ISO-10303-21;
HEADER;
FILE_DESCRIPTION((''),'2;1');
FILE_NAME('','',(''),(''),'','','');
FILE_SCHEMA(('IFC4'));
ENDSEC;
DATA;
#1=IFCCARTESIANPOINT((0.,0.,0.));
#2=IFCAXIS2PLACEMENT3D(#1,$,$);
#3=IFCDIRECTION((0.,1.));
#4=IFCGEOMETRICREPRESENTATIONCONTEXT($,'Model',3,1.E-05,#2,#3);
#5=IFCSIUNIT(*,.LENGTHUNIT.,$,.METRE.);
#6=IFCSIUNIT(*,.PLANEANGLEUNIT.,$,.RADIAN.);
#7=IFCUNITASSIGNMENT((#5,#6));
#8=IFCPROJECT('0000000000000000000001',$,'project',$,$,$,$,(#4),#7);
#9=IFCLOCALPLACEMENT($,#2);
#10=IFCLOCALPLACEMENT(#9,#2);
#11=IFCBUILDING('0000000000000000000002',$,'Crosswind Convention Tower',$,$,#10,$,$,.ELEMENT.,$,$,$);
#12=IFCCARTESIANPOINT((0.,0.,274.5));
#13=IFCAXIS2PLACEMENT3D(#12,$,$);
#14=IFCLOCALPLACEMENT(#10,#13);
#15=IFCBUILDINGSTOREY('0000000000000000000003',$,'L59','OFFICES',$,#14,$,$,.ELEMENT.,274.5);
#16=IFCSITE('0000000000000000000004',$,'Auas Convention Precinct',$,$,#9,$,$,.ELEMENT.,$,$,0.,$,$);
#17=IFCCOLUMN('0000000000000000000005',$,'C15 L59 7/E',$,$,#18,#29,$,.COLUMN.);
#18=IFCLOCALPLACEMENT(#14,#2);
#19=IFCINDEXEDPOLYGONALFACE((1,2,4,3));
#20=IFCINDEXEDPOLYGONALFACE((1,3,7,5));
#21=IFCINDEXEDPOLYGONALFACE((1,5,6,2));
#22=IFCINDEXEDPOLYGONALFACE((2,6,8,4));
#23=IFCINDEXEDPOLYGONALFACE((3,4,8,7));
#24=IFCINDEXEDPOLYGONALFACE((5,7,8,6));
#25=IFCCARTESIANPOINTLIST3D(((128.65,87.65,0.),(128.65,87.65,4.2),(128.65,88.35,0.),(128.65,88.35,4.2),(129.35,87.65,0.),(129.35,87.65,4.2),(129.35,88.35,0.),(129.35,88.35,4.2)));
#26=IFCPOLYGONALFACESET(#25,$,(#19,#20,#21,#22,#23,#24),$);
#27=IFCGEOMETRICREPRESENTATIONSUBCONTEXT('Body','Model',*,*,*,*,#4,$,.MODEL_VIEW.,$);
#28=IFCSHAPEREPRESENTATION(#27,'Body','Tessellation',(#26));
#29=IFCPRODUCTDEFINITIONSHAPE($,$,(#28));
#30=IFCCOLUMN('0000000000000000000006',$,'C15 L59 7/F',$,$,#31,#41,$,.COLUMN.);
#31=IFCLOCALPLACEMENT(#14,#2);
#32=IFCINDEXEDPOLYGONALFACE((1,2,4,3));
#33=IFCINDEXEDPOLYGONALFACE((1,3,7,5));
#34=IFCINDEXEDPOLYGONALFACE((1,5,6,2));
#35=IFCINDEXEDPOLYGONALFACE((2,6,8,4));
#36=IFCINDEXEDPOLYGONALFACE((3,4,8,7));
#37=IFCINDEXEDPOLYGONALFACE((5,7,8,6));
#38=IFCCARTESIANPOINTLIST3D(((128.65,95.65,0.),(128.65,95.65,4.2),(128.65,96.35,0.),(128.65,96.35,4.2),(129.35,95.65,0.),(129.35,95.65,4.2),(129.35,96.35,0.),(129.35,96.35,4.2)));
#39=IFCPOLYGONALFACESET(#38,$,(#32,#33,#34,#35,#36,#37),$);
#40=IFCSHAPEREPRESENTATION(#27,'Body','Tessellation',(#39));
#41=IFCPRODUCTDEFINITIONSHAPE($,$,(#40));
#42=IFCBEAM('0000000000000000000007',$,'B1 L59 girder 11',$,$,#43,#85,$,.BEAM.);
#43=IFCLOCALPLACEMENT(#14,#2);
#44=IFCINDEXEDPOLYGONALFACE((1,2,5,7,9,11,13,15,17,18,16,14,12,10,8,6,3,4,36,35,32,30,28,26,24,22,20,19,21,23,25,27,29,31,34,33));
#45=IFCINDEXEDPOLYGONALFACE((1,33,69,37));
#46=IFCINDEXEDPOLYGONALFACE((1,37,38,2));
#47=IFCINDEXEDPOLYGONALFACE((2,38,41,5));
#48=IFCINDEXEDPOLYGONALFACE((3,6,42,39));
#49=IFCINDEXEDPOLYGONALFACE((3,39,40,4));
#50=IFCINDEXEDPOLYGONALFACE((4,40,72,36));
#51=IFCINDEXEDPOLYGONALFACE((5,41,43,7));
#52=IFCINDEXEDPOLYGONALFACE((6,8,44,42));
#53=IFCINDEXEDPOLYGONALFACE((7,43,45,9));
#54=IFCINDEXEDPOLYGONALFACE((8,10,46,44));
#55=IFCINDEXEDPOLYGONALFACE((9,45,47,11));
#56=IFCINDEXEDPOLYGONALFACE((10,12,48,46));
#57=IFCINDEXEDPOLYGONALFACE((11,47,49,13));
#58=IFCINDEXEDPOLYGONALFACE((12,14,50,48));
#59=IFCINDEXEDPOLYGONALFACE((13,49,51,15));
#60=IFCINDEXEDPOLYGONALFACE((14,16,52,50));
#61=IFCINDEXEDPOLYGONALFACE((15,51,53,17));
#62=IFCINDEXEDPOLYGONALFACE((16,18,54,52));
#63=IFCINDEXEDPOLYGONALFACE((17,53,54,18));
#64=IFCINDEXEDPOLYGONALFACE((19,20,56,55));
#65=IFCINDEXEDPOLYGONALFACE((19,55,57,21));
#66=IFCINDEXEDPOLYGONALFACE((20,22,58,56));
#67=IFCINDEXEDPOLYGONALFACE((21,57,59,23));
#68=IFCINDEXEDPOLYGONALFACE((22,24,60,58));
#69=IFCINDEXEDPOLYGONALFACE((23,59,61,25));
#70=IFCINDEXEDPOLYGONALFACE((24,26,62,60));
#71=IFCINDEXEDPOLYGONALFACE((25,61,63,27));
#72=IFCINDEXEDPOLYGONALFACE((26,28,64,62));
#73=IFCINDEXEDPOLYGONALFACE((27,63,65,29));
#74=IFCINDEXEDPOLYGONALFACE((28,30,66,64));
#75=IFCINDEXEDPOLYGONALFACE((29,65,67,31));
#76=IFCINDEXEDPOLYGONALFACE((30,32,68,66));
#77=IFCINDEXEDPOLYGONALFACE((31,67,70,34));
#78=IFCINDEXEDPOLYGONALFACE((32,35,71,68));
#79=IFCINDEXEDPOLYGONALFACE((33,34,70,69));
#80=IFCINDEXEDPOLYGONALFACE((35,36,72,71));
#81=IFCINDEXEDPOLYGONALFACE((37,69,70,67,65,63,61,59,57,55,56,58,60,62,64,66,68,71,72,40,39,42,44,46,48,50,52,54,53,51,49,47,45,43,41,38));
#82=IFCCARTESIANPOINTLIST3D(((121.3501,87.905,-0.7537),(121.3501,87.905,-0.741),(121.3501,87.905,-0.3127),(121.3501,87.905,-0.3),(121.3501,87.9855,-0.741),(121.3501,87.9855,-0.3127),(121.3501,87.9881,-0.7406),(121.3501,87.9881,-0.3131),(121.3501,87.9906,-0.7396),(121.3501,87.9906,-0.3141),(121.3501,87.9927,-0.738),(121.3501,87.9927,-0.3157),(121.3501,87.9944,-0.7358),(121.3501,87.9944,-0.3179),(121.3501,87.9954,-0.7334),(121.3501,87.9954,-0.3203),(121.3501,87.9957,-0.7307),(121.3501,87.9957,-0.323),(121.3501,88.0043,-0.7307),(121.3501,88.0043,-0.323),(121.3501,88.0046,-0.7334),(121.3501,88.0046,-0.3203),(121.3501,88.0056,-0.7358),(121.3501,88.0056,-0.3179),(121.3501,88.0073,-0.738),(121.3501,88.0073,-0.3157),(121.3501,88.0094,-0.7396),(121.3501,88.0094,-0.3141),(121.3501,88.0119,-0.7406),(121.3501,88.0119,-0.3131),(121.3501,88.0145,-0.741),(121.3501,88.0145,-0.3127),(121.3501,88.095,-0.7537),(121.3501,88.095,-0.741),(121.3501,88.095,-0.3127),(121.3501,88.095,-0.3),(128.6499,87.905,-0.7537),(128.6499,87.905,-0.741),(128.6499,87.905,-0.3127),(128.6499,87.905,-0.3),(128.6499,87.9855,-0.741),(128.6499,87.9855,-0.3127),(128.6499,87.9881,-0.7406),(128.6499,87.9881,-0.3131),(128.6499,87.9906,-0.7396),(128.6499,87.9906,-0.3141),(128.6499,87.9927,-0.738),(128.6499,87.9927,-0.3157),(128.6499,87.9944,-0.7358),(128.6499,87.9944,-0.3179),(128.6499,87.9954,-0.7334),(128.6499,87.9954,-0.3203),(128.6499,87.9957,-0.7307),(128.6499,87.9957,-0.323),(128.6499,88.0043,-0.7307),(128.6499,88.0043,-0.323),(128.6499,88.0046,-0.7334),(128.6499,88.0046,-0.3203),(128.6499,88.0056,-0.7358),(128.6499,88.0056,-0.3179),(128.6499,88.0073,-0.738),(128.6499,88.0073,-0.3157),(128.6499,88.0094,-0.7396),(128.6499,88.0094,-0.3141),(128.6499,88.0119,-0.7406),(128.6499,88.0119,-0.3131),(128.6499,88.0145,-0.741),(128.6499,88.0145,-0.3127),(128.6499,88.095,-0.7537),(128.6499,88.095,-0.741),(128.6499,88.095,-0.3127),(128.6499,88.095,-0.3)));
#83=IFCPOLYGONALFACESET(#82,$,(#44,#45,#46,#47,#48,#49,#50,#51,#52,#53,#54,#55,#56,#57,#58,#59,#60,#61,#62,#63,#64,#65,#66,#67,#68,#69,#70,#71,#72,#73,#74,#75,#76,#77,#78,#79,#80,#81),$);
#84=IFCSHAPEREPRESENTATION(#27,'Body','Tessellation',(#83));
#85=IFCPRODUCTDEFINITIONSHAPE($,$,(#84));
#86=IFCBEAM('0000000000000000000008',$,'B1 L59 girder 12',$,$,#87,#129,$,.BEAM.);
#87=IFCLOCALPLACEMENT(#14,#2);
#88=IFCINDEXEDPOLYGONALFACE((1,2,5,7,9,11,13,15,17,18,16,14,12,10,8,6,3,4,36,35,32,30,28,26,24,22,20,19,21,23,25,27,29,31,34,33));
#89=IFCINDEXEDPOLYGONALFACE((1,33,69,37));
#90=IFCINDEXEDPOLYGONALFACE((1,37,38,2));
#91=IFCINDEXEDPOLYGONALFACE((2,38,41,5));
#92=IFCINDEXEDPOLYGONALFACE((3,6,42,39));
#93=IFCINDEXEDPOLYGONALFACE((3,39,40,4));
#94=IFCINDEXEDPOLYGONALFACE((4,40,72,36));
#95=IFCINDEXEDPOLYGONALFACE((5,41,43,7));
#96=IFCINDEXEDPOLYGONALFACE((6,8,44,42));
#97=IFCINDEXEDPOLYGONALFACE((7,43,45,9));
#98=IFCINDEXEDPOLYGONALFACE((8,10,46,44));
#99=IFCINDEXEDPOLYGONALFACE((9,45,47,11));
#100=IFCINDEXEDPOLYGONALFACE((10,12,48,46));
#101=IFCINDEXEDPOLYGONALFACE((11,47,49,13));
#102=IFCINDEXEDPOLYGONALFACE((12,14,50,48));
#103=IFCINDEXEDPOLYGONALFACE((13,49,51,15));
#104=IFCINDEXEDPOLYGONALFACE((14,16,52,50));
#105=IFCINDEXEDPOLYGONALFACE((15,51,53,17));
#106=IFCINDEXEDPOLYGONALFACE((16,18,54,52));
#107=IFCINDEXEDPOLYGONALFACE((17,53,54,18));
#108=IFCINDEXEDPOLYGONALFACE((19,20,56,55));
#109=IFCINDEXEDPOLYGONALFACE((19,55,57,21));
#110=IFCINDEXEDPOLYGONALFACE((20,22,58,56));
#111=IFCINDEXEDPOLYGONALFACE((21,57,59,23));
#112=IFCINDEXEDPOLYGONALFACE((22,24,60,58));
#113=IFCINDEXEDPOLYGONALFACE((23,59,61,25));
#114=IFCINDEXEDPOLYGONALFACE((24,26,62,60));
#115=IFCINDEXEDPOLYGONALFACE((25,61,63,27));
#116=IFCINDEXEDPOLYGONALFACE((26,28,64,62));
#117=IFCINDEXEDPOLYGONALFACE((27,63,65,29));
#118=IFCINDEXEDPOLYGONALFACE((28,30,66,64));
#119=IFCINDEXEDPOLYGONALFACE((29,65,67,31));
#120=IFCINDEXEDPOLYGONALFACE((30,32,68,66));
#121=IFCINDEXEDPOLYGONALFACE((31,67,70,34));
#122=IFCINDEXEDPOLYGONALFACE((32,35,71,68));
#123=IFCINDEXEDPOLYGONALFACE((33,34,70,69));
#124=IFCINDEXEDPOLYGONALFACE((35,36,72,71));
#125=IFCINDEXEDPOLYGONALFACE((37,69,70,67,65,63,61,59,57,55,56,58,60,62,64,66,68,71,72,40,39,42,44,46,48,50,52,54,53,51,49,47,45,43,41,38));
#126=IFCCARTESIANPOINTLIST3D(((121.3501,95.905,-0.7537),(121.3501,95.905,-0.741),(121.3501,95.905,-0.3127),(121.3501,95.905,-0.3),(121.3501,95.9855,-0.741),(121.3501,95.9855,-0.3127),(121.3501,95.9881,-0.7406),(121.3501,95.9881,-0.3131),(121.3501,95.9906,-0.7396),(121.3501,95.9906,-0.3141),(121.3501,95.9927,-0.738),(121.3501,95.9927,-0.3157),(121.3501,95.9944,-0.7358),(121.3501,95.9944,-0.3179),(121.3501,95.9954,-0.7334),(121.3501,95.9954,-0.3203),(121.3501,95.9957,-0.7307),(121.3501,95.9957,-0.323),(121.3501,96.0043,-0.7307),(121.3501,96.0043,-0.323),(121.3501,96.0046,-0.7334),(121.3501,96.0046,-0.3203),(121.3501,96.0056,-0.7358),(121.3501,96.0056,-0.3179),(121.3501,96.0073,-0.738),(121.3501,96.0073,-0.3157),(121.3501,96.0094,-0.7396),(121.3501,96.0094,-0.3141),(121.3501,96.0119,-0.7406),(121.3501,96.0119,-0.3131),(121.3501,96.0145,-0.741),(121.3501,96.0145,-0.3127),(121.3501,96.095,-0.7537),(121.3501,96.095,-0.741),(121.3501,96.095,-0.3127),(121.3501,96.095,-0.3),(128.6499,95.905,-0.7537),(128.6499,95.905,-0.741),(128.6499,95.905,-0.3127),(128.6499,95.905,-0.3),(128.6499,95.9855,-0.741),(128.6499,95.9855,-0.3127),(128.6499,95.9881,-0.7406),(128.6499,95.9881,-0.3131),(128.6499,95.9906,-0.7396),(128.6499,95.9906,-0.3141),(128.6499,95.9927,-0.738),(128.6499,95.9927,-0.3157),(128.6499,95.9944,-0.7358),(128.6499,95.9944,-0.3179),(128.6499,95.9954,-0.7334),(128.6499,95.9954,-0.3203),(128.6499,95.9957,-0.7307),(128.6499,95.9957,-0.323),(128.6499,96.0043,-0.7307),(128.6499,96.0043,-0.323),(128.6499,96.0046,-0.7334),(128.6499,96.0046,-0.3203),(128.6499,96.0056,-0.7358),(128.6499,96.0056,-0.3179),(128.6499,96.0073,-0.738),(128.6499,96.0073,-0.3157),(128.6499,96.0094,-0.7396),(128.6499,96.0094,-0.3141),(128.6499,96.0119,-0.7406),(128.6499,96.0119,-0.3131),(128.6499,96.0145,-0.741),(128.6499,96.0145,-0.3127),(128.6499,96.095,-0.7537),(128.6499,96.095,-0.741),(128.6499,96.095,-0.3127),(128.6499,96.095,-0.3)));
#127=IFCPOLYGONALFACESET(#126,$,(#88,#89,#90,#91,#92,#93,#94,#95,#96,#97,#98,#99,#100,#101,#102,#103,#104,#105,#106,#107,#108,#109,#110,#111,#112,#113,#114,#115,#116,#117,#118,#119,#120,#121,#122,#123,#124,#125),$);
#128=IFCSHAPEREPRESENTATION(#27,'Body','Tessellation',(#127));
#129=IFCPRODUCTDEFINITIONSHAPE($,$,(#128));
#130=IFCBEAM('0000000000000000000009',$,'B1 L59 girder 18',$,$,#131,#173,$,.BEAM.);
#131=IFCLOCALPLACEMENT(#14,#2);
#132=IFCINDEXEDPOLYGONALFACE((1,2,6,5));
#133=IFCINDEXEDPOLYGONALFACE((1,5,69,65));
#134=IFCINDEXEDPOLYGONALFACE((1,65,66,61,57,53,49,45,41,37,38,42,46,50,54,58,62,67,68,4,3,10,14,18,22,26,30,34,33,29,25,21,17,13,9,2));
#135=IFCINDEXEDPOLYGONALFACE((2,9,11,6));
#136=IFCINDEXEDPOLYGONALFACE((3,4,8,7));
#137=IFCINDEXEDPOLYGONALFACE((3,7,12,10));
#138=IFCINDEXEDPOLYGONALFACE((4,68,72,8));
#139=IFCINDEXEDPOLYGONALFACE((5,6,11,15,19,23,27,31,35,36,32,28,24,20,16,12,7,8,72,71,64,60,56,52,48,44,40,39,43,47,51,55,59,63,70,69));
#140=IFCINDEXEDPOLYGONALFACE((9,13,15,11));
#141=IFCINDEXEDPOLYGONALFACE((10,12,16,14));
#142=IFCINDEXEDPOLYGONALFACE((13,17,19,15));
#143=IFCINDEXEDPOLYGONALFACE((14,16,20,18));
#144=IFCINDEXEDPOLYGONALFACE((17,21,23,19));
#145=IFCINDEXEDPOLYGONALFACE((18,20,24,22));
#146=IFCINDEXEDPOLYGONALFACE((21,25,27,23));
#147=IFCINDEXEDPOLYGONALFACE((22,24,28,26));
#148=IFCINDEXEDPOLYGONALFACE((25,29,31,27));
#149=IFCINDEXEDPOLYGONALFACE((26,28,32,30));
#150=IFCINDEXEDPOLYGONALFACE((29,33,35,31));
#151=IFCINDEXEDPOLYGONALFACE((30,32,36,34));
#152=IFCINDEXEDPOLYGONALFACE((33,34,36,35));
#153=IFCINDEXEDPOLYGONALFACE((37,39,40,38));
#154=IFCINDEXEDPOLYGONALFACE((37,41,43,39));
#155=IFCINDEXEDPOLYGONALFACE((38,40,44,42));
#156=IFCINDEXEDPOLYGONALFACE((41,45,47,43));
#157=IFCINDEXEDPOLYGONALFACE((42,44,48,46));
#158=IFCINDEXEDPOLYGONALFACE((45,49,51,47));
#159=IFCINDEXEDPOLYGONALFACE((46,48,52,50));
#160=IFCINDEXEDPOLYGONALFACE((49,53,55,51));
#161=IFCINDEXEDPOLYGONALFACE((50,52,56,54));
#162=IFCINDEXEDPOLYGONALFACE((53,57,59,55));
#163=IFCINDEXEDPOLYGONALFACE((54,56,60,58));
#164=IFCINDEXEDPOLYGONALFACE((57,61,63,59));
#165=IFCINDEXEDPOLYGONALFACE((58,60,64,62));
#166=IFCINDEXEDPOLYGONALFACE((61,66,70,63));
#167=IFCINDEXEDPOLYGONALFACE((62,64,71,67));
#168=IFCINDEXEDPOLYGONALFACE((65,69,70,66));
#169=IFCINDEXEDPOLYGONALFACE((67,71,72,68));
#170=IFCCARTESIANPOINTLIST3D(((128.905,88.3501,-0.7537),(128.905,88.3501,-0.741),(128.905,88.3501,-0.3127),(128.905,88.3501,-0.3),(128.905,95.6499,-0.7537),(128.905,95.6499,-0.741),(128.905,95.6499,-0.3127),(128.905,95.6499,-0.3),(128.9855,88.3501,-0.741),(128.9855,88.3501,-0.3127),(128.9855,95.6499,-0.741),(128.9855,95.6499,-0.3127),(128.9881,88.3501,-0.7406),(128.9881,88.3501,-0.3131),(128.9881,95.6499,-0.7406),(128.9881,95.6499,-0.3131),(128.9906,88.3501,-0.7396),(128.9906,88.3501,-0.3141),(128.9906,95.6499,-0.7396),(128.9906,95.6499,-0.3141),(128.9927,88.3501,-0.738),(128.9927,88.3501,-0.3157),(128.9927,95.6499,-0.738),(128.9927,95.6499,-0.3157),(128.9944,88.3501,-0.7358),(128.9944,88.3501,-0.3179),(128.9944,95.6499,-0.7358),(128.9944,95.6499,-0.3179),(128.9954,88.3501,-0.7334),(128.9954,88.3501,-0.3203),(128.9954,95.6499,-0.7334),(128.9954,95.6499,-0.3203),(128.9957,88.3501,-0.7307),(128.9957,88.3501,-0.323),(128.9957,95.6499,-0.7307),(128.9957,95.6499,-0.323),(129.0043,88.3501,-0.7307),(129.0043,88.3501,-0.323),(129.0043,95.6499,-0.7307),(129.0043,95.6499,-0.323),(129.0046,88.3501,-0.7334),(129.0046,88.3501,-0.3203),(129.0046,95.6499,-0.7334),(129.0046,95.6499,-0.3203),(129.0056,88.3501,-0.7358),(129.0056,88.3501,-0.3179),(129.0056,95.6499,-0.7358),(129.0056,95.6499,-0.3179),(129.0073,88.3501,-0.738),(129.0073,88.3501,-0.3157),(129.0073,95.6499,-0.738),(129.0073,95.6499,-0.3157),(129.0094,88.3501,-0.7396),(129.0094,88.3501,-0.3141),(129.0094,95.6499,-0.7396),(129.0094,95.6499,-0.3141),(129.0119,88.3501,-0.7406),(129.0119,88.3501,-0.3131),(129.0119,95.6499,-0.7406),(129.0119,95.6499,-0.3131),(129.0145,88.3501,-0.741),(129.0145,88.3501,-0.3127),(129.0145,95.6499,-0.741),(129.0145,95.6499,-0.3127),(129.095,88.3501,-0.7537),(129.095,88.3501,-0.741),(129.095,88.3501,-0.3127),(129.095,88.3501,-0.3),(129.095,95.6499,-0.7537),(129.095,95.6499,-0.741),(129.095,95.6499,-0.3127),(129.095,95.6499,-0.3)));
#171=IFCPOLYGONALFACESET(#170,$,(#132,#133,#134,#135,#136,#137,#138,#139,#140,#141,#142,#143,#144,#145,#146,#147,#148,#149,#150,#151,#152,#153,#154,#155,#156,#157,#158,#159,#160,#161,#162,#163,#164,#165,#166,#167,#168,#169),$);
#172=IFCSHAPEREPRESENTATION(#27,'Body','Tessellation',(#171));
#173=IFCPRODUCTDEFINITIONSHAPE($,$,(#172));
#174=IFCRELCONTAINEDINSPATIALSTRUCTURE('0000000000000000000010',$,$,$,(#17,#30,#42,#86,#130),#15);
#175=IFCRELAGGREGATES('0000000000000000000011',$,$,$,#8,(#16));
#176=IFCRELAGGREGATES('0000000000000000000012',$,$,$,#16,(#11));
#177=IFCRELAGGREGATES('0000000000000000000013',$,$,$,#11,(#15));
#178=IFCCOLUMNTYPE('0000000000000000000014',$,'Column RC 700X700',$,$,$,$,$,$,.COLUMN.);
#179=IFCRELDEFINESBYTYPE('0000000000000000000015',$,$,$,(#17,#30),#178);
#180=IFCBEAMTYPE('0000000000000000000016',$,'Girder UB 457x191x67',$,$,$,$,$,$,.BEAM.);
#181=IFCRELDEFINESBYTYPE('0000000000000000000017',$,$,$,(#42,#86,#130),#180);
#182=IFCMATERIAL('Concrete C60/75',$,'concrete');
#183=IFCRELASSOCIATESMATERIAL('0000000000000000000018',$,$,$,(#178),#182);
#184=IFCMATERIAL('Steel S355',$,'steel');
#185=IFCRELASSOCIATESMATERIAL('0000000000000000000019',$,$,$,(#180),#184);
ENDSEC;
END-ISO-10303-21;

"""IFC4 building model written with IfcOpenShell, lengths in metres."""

from ifc_helpers import new_model, si_unit, direction, frame, origin, origin_2d, place, context, subcontext, project, spatial, rectangle, i_section, extrude, material, material_profile, profile_set, type_object, element, save


model = new_model("IFC4")

# Units and contexts
model_context = context("Model", 3, precision=1e-05, world=origin(), true_north=direction((0.0, 1.0)))
body_context = subcontext(model_context, "Body", "Model", "MODEL_VIEW")
ifc_project = project(units=[si_unit("LENGTHUNIT", "METRE"), si_unit("PLANEANGLEUNIT", "RADIAN")], contexts=[model_context])

# Site, building, storey
site_placement = place(None, origin())
site = spatial("IfcSite", under=ifc_project, at=site_placement, Name="Auas Convention Precinct", CompositionType="ELEMENT", RefElevation=0.0)
building_placement = place(site_placement, origin())
building = spatial("IfcBuilding", under=site, at=building_placement, Name="Crosswind Convention Tower", CompositionType="ELEMENT")
storey_placement = place(building_placement, frame((0.0, 0.0, 274.5)))
storey = spatial("IfcBuildingStorey", under=building, at=storey_placement, Name="L59", Description="OFFICES", CompositionType="ELEMENT", Elevation=274.5)

# Columns
ifc_material_1 = material(Name="Concrete C60/75", Category="concrete")
ifc_material_profile_1 = material_profile(ifc_material_1, rectangle(XDim=0.7, YDim=0.7, at=origin_2d()), Name="RC 700X700")
ifc_profile_set_1 = profile_set([ifc_material_profile_1], Name="Concrete C60/75")
column_type = type_object("IfcColumnType", Name="Column RC 700X700", PredefinedType="COLUMN", material=ifc_profile_set_1)
for number, where, z_axis, x_axis, name in (
    (1, (129.0, 88.0, 0.0), (0.0, 0.0, 1.0), (1.0, 0.0, 0.0), "C15 L59 7/E"),
    (2, (129.0, 96.0, 0.0), (0.0, 0.0, 1.0), (1.0, 0.0, 0.0), "C15 L59 7/F"),
):
    element("IfcColumn", number, at=place(storey_placement, frame(where, z_axis=z_axis, x_axis=x_axis)), inside=storey, type_object=column_type, Name=name, PredefinedType="COLUMN", context=body_context, shape_type="SweptSolid", body=[
        extrude(rectangle(XDim=0.7, YDim=0.7, at=origin_2d()), origin(), (0.0, 0.0, 1.0), 4.2),
    ])

# Beams
ifc_material_2 = material(Name="Steel S355", Category="steel")
ifc_material_profile_2 = material_profile(ifc_material_2, i_section(OverallWidth=0.1899, OverallDepth=0.4536, WebThickness=0.0085, FlangeThickness=0.0127, FilletRadius=0.0103, at=origin_2d()), Name="UB 457x191x67")
ifc_profile_set_2 = profile_set([ifc_material_profile_2], Name="Steel S355")
beam_type_1 = type_object("IfcBeamType", Name="Girder UB 457x191x67", PredefinedType="BEAM", material=ifc_profile_set_2)
for number, where, z_axis, x_axis, name in (
    (3, (121.3501, 88.0, -0.5269), (1.0, 0.0, 0.0), (0.0, 1.0, 0.0), "B1 L59 girder 11"),
    (4, (121.3501, 96.0, -0.5269), (1.0, 0.0, 0.0), (0.0, 1.0, 0.0), "B1 L59 girder 12"),
    (5, (129.0, 88.3501, -0.5269), (0.0, 1.0, 0.0), (-1.0, 0.0, 0.0), "B1 L59 girder 18"),
):
    element("IfcBeam", number, at=place(storey_placement, frame(where, z_axis=z_axis, x_axis=x_axis)), inside=storey, type_object=beam_type_1, Name=name, PredefinedType="BEAM", context=body_context, shape_type="SweptSolid", body=[
        extrude(i_section(OverallWidth=0.1899, OverallDepth=0.4536, WebThickness=0.0085, FlangeThickness=0.0127, FilletRadius=0.0103, at=origin_2d()), origin(), (0.0, 0.0, 1.0), 7.2998),
    ])

save(model, "model.ifc")
